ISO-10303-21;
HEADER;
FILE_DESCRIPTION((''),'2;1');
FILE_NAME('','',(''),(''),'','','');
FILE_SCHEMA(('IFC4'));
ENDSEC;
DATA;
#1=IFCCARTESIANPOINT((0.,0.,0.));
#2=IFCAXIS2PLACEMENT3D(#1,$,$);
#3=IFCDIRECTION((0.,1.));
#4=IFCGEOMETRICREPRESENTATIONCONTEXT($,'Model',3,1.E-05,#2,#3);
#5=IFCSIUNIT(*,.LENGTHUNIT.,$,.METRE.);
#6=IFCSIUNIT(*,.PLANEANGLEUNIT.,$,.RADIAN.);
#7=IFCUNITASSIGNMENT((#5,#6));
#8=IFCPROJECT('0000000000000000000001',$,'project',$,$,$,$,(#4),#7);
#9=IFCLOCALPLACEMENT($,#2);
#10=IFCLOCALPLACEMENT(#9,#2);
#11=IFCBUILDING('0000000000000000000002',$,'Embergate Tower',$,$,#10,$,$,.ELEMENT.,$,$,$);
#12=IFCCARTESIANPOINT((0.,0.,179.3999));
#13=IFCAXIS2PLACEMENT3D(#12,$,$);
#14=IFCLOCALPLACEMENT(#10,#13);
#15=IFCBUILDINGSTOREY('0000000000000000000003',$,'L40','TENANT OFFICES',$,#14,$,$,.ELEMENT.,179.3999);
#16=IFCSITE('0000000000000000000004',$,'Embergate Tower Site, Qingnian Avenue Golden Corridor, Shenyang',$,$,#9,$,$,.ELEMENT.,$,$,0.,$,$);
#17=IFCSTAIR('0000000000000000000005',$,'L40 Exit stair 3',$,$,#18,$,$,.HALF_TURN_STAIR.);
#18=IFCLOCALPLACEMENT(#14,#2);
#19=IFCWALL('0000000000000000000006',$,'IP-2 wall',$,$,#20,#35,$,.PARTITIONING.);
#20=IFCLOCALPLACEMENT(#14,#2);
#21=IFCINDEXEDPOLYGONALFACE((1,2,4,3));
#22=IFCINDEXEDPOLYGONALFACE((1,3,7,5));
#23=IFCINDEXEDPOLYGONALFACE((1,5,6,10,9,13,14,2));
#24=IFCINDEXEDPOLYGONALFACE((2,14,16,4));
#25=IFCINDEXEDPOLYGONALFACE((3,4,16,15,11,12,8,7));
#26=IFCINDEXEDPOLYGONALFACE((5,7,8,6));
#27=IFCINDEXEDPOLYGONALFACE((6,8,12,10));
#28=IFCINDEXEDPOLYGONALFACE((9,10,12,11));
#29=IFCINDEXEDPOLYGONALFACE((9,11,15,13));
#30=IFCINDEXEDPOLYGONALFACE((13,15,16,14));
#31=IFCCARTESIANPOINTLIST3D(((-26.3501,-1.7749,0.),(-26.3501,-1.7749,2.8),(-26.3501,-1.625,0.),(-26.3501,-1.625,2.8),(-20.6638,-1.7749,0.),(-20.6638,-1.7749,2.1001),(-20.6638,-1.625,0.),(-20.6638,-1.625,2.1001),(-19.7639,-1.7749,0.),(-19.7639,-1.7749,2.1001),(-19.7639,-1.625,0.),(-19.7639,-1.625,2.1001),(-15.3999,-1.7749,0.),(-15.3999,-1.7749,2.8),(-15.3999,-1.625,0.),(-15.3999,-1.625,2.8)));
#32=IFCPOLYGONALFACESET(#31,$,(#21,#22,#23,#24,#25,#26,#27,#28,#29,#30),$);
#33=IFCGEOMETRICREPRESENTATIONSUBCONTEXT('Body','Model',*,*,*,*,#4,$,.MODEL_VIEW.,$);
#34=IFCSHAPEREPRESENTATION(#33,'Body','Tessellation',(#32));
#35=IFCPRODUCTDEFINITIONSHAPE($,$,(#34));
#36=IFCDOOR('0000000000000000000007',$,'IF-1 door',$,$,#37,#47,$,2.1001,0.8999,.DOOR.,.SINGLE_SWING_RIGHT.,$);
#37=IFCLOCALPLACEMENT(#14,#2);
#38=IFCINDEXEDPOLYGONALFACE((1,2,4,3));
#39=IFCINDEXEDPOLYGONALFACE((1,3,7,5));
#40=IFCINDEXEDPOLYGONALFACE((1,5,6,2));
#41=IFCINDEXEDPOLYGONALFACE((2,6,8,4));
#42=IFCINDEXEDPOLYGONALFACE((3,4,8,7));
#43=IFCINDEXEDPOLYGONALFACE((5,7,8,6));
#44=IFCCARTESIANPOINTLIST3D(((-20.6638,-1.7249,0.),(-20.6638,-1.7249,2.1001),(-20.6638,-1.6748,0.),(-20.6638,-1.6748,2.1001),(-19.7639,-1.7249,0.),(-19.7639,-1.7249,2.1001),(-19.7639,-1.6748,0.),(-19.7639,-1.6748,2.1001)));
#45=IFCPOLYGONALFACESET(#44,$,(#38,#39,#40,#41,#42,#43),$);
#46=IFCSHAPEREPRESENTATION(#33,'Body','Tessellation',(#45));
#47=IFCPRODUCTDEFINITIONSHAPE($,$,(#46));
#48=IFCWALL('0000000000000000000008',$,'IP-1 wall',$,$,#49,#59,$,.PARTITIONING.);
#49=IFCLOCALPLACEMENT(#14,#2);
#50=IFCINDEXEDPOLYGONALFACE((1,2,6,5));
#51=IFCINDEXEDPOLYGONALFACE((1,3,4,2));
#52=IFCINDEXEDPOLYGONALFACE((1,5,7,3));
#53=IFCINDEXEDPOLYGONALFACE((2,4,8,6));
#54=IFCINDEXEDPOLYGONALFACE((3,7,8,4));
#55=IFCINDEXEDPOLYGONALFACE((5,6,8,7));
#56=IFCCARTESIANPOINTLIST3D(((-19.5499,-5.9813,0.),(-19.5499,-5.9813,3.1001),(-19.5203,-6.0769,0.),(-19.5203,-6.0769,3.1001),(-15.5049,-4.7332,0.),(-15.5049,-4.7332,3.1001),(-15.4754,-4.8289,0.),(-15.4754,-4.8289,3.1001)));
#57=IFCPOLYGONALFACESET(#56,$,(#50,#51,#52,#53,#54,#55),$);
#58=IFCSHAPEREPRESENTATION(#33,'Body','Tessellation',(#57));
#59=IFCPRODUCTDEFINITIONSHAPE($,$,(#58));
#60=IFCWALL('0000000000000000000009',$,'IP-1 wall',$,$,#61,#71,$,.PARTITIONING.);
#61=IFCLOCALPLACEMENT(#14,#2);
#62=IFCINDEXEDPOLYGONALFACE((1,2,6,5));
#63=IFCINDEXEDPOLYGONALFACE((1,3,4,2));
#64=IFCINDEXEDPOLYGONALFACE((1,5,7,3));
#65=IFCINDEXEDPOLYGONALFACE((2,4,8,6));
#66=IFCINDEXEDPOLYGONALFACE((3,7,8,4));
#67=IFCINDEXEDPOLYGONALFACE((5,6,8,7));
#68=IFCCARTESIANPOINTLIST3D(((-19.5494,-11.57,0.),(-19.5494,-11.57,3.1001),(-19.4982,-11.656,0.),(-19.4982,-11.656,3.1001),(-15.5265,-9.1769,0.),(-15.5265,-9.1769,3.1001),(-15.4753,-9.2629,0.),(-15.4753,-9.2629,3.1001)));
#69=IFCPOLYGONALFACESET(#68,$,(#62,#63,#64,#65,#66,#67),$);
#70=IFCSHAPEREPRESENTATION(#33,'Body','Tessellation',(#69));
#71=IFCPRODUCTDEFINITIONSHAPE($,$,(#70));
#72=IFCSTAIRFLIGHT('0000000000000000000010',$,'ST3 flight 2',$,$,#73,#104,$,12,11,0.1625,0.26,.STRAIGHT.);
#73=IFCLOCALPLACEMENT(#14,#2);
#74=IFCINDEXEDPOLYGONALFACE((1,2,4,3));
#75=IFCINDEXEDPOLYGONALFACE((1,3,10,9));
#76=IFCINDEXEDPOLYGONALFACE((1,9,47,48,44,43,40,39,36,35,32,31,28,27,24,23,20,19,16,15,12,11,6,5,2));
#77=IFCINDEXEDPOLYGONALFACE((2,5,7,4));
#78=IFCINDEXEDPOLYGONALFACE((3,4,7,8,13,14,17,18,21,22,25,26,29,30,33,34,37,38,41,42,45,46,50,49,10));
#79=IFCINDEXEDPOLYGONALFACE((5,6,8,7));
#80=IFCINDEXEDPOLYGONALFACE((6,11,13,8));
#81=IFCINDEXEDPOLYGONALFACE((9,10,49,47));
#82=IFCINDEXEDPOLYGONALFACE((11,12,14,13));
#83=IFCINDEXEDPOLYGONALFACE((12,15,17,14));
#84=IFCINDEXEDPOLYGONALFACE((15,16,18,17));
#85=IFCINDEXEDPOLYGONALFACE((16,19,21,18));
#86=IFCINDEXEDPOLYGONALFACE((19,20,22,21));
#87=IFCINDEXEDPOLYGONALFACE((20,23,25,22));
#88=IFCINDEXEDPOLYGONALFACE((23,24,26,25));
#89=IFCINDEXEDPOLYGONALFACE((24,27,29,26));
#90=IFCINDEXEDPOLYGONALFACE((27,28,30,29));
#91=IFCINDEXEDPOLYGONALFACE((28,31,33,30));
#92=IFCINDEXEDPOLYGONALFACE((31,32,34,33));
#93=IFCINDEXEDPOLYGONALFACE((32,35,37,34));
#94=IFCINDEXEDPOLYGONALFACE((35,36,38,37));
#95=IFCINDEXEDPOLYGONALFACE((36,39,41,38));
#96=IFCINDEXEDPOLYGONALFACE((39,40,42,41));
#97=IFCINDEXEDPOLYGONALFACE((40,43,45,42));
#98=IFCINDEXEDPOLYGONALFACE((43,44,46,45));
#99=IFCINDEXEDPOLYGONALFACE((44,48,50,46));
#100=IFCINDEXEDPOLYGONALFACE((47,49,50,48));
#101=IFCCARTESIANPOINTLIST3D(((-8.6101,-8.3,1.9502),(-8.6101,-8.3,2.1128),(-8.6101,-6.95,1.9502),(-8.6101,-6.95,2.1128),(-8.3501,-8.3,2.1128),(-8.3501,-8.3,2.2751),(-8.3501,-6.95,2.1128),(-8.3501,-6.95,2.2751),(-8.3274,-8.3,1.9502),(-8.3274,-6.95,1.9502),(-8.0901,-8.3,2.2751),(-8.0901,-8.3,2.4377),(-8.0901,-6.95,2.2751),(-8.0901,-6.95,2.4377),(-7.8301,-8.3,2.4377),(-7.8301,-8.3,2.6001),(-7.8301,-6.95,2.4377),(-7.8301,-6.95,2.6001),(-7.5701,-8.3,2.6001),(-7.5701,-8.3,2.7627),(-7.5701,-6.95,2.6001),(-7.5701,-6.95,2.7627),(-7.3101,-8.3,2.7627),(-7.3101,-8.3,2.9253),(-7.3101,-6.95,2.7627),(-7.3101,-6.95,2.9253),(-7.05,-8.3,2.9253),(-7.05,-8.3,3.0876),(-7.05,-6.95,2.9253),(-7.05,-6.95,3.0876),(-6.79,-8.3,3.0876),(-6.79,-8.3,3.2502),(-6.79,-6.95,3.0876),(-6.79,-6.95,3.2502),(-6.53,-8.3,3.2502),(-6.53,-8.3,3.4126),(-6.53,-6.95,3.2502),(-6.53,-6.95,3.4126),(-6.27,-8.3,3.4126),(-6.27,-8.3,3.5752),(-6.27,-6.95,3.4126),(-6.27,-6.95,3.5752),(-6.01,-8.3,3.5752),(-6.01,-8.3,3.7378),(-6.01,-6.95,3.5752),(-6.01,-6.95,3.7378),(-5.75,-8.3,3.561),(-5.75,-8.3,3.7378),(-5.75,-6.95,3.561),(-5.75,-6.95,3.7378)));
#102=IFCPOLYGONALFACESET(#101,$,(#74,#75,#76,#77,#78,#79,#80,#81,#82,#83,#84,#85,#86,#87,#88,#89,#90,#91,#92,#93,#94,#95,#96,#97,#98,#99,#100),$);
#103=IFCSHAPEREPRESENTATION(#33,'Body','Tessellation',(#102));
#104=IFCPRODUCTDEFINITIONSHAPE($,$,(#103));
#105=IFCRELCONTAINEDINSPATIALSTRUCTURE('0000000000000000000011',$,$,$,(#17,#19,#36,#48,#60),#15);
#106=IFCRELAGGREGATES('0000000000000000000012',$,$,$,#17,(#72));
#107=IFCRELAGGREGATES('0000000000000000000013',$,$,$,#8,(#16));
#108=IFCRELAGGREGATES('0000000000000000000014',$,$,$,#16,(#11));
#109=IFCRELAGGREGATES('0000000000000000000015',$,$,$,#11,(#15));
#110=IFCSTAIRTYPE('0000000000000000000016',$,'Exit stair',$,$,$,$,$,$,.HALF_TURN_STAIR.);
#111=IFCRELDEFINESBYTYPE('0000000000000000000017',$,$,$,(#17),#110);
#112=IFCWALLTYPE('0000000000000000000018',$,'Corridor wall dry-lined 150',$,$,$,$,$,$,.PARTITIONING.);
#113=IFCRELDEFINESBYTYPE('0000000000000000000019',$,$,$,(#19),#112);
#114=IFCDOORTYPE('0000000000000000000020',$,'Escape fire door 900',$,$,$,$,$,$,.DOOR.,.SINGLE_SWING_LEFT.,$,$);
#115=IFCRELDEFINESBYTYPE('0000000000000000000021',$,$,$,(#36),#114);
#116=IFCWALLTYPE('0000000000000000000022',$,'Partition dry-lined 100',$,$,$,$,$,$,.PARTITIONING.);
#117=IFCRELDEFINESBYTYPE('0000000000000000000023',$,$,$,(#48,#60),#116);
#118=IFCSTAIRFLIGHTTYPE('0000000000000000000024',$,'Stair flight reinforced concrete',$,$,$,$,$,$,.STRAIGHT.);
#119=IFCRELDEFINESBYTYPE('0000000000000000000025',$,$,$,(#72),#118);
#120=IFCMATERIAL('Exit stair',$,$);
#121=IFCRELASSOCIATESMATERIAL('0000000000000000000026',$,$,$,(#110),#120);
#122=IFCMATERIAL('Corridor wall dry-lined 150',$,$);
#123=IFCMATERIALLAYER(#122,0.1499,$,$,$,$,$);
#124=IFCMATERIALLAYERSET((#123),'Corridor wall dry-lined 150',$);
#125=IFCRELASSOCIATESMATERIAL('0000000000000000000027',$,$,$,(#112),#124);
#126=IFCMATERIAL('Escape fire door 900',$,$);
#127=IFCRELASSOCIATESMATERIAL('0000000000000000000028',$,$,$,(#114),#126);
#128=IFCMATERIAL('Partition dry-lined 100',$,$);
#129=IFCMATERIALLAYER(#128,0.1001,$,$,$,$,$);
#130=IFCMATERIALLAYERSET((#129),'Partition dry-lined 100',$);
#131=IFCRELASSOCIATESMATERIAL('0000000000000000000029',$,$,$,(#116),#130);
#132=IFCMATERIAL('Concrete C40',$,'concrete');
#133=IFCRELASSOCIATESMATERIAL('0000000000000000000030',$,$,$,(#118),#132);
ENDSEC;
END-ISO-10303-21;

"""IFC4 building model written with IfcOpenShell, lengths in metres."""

from ifc_helpers import new_model, si_unit, direction, frame, frame_2d, origin, place, context, subcontext, project, spatial, polyline, rectangle, outline, extrude, source, transform, mapped, material, layer, layer_set, type_object, element, fill, aggregate, save


model = new_model("IFC4")

# Units and contexts
model_context = context("Model", 3, precision=1e-05, world=origin(), true_north=direction((0.0, 1.0)))
body_context = subcontext(model_context, "Body", "Model", "MODEL_VIEW")
ifc_project = project(units=[si_unit("LENGTHUNIT", "METRE"), si_unit("PLANEANGLEUNIT", "RADIAN")], contexts=[model_context])

# Site, building, storey
site_placement = place(None, origin())
site = spatial("IfcSite", under=ifc_project, at=site_placement, Name="Embergate Tower Site, Qingnian Avenue Golden Corridor, Shenyang", CompositionType="ELEMENT", RefElevation=0.0)
building_placement = place(site_placement, origin())
building = spatial("IfcBuilding", under=site, at=building_placement, Name="Embergate Tower", CompositionType="ELEMENT")
storey_placement = place(building_placement, frame((0.0, 0.0, 179.3999)))
storey = spatial("IfcBuildingStorey", under=building, at=storey_placement, Name="L40", Description="TENANT OFFICES", CompositionType="ELEMENT", Elevation=179.3999)

# Stair
ifc_material_1 = material(Name="Exit stair")
stair_type = type_object("IfcStairType", Name="Exit stair", PredefinedType="HALF_TURN_STAIR", material=ifc_material_1)
stair_placement = place(storey_placement, origin())
stair = element("IfcStair", 1, at=stair_placement, inside=storey, type_object=stair_type, Name="L40 Exit stair 3", PredefinedType="HALF_TURN_STAIR")
ifc_material_2 = material(Name="Concrete C40", Category="concrete")

# Wall, opening, door
ifc_material_3 = material(Name="Corridor wall dry-lined 150")
ifc_layer_1 = layer(ifc_material_3, 0.1499)
ifc_layer_set_1 = layer_set([ifc_layer_1], Name="Corridor wall dry-lined 150")
wall_type_1 = type_object("IfcWallType", Name="Corridor wall dry-lined 150", PredefinedType="PARTITIONING", material=ifc_layer_set_1)
shared_shape_1 = source(origin(), body_context, "Body", "SweptSolid", [
    extrude(rectangle(XDim=10.9502, YDim=0.1499, at=frame_2d((5.4751, 0.0))), origin(), (0.0, 0.0, 1.0), 2.8),
])
wall_1_placement = place(storey_placement, frame((-15.3999, -1.7, 0.0), z_axis=(0.0, 0.0, 1.0), x_axis=(-1.0, 0.0, 0.0)))
wall_1 = element("IfcWall", 2, at=wall_1_placement, inside=storey, type_object=wall_type_1, Name="IP-2 wall", PredefinedType="PARTITIONING", context=body_context, shape_type="MappedRepresentation", body=[
    mapped(shared_shape_1, transform((0.0, 0.0, 0.0))),
])
shared_shape_2 = source(origin(), body_context, "Body", "SweptSolid", [
    extrude(rectangle(XDim=0.8999, YDim=2.1001, at=frame_2d((0.45, 1.05))), frame((0.0, 0.085, 0.0), z_axis=(0.0, -1.0, 0.0), x_axis=(1.0, 0.0, 0.0)), (0.0, 0.0, 1.0), 0.1699),
])
opening_1_placement = place(wall_1_placement, frame((4.364, 0.0, 0.0)))
opening_1 = element("IfcOpeningElement", 3, at=opening_1_placement, cuts=wall_1, PredefinedType="OPENING", context=body_context, shape_type="MappedRepresentation", body=[
    mapped(shared_shape_2, transform((0.0, 0.0, 0.0))),
])
ifc_material_4 = material(Name="Escape fire door 900")
door_type_1 = type_object("IfcDoorType", Name="Escape fire door 900", OperationType="SINGLE_SWING_LEFT", PredefinedType="DOOR", material=ifc_material_4)
shared_shape_3 = source(origin(), body_context, "Body", "SweptSolid", [
    extrude(rectangle(XDim=0.8999, YDim=2.1001, at=frame_2d((0.45, 1.05))), frame((0.0, 0.0249, 0.0), z_axis=(0.0, -1.0, 0.0), x_axis=(1.0, 0.0, 0.0)), (0.0, 0.0, 1.0), 0.05),
])
door_1_placement = place(opening_1_placement, origin())
door_1 = element("IfcDoor", 4, at=door_1_placement, inside=storey, type_object=door_type_1, Name="IF-1 door", OperationType="SINGLE_SWING_RIGHT", OverallHeight=2.1001, OverallWidth=0.8999, PredefinedType="DOOR", context=body_context, shape_type="MappedRepresentation", body=[
    mapped(shared_shape_3, transform((0.0, 0.0, 0.0))),
])
fill(opening_1, door_1)

# Walls
ifc_material_5 = material(Name="Partition dry-lined 100")
ifc_layer_2 = layer(ifc_material_5, 0.1001)
ifc_layer_set_2 = layer_set([ifc_layer_2], Name="Partition dry-lined 100")
wall_type_2 = type_object("IfcWallType", Name="Partition dry-lined 100", PredefinedType="PARTITIONING", material=ifc_layer_set_2)
shared_shape_4 = source(origin(), body_context, "Body", "SweptSolid", [
    extrude(rectangle(XDim=4.2332, YDim=0.1001, at=frame_2d((2.1167, 0.0))), origin(), (0.0, 0.0, 1.0), 3.1001),
])
wall_2_placement = place(storey_placement, frame((-15.49, -4.781, 0.0), z_axis=(0.0, 0.0, 1.0), x_axis=(-0.955549, -0.294831, 0.0)))
element("IfcWall", 5, at=wall_2_placement, inside=storey, type_object=wall_type_2, Name="IP-1 wall", PredefinedType="PARTITIONING", context=body_context, shape_type="MappedRepresentation", body=[
    mapped(shared_shape_4, transform((0.0, 0.0, 0.0))),
])
shared_shape_5 = source(origin(), body_context, "Body", "SweptSolid", [
    extrude(rectangle(XDim=4.6809, YDim=0.1001, at=frame_2d((2.3403, 0.0))), origin(), (0.0, 0.0, 1.0), 3.1001),
])
wall_3_placement = place(storey_placement, frame((-15.501, -9.22, 0.0), z_axis=(0.0, 0.0, 1.0), x_axis=(-0.859438, -0.51124, 0.0)))
element("IfcWall", 6, at=wall_3_placement, inside=storey, type_object=wall_type_2, Name="IP-1 wall", PredefinedType="PARTITIONING", context=body_context, shape_type="MappedRepresentation", body=[
    mapped(shared_shape_5, transform((0.0, 0.0, 0.0))),
])

# Stair flight
stair_flight_type = type_object("IfcStairFlightType", Name="Stair flight reinforced concrete", PredefinedType="STRAIGHT", material=ifc_material_2)
shared_shape_6 = source(origin(), body_context, "Body", "SweptSolid", [
    extrude(outline(polyline([(0.0, 0.0), (0.0, 0.1626), (0.26, 0.1626), (0.26, 0.325), (0.52, 0.325), (0.52, 0.4875), (0.78, 0.4875), (0.78, 0.6499), (1.04, 0.6499), (1.04, 0.8125), (1.3, 0.8125), (1.3, 0.9751), (1.5601, 0.9751), (1.5601, 1.1375), (1.8201, 1.1375), (1.8201, 1.3), (2.0801, 1.3), (2.0801, 1.4624), (2.3401, 1.4624), (2.3401, 1.625), (2.6001, 1.625), (2.6001, 1.7876), (2.8601, 1.7876), (2.8601, 1.95), (2.8601, 1.6108), (0.2827, 0.0), (0.0, 0.0)])), frame((0.0, 0.675, 0.0), z_axis=(0.0, -1.0, 0.0), x_axis=(1.0, 0.0, 0.0)), (0.0, 0.0, 1.0), 1.3501),
])
stair_flight_placement = place(storey_placement, frame((-8.6101, -7.625, 1.9502), z_axis=(0.0, 0.0, 1.0), x_axis=(1.0, 0.0, 0.0)))
stair_flight = element("IfcStairFlight", 7, at=stair_flight_placement, type_object=stair_flight_type, Name="ST3 flight 2", NumberOfRisers=12, NumberOfTreads=11, PredefinedType="STRAIGHT", RiserHeight=0.1625, TreadLength=0.26, context=body_context, shape_type="MappedRepresentation", body=[
    mapped(shared_shape_6, transform((0.0, 0.0, 0.0))),
])
aggregate(stair, [stair_flight])

save(model, "model.ifc")
